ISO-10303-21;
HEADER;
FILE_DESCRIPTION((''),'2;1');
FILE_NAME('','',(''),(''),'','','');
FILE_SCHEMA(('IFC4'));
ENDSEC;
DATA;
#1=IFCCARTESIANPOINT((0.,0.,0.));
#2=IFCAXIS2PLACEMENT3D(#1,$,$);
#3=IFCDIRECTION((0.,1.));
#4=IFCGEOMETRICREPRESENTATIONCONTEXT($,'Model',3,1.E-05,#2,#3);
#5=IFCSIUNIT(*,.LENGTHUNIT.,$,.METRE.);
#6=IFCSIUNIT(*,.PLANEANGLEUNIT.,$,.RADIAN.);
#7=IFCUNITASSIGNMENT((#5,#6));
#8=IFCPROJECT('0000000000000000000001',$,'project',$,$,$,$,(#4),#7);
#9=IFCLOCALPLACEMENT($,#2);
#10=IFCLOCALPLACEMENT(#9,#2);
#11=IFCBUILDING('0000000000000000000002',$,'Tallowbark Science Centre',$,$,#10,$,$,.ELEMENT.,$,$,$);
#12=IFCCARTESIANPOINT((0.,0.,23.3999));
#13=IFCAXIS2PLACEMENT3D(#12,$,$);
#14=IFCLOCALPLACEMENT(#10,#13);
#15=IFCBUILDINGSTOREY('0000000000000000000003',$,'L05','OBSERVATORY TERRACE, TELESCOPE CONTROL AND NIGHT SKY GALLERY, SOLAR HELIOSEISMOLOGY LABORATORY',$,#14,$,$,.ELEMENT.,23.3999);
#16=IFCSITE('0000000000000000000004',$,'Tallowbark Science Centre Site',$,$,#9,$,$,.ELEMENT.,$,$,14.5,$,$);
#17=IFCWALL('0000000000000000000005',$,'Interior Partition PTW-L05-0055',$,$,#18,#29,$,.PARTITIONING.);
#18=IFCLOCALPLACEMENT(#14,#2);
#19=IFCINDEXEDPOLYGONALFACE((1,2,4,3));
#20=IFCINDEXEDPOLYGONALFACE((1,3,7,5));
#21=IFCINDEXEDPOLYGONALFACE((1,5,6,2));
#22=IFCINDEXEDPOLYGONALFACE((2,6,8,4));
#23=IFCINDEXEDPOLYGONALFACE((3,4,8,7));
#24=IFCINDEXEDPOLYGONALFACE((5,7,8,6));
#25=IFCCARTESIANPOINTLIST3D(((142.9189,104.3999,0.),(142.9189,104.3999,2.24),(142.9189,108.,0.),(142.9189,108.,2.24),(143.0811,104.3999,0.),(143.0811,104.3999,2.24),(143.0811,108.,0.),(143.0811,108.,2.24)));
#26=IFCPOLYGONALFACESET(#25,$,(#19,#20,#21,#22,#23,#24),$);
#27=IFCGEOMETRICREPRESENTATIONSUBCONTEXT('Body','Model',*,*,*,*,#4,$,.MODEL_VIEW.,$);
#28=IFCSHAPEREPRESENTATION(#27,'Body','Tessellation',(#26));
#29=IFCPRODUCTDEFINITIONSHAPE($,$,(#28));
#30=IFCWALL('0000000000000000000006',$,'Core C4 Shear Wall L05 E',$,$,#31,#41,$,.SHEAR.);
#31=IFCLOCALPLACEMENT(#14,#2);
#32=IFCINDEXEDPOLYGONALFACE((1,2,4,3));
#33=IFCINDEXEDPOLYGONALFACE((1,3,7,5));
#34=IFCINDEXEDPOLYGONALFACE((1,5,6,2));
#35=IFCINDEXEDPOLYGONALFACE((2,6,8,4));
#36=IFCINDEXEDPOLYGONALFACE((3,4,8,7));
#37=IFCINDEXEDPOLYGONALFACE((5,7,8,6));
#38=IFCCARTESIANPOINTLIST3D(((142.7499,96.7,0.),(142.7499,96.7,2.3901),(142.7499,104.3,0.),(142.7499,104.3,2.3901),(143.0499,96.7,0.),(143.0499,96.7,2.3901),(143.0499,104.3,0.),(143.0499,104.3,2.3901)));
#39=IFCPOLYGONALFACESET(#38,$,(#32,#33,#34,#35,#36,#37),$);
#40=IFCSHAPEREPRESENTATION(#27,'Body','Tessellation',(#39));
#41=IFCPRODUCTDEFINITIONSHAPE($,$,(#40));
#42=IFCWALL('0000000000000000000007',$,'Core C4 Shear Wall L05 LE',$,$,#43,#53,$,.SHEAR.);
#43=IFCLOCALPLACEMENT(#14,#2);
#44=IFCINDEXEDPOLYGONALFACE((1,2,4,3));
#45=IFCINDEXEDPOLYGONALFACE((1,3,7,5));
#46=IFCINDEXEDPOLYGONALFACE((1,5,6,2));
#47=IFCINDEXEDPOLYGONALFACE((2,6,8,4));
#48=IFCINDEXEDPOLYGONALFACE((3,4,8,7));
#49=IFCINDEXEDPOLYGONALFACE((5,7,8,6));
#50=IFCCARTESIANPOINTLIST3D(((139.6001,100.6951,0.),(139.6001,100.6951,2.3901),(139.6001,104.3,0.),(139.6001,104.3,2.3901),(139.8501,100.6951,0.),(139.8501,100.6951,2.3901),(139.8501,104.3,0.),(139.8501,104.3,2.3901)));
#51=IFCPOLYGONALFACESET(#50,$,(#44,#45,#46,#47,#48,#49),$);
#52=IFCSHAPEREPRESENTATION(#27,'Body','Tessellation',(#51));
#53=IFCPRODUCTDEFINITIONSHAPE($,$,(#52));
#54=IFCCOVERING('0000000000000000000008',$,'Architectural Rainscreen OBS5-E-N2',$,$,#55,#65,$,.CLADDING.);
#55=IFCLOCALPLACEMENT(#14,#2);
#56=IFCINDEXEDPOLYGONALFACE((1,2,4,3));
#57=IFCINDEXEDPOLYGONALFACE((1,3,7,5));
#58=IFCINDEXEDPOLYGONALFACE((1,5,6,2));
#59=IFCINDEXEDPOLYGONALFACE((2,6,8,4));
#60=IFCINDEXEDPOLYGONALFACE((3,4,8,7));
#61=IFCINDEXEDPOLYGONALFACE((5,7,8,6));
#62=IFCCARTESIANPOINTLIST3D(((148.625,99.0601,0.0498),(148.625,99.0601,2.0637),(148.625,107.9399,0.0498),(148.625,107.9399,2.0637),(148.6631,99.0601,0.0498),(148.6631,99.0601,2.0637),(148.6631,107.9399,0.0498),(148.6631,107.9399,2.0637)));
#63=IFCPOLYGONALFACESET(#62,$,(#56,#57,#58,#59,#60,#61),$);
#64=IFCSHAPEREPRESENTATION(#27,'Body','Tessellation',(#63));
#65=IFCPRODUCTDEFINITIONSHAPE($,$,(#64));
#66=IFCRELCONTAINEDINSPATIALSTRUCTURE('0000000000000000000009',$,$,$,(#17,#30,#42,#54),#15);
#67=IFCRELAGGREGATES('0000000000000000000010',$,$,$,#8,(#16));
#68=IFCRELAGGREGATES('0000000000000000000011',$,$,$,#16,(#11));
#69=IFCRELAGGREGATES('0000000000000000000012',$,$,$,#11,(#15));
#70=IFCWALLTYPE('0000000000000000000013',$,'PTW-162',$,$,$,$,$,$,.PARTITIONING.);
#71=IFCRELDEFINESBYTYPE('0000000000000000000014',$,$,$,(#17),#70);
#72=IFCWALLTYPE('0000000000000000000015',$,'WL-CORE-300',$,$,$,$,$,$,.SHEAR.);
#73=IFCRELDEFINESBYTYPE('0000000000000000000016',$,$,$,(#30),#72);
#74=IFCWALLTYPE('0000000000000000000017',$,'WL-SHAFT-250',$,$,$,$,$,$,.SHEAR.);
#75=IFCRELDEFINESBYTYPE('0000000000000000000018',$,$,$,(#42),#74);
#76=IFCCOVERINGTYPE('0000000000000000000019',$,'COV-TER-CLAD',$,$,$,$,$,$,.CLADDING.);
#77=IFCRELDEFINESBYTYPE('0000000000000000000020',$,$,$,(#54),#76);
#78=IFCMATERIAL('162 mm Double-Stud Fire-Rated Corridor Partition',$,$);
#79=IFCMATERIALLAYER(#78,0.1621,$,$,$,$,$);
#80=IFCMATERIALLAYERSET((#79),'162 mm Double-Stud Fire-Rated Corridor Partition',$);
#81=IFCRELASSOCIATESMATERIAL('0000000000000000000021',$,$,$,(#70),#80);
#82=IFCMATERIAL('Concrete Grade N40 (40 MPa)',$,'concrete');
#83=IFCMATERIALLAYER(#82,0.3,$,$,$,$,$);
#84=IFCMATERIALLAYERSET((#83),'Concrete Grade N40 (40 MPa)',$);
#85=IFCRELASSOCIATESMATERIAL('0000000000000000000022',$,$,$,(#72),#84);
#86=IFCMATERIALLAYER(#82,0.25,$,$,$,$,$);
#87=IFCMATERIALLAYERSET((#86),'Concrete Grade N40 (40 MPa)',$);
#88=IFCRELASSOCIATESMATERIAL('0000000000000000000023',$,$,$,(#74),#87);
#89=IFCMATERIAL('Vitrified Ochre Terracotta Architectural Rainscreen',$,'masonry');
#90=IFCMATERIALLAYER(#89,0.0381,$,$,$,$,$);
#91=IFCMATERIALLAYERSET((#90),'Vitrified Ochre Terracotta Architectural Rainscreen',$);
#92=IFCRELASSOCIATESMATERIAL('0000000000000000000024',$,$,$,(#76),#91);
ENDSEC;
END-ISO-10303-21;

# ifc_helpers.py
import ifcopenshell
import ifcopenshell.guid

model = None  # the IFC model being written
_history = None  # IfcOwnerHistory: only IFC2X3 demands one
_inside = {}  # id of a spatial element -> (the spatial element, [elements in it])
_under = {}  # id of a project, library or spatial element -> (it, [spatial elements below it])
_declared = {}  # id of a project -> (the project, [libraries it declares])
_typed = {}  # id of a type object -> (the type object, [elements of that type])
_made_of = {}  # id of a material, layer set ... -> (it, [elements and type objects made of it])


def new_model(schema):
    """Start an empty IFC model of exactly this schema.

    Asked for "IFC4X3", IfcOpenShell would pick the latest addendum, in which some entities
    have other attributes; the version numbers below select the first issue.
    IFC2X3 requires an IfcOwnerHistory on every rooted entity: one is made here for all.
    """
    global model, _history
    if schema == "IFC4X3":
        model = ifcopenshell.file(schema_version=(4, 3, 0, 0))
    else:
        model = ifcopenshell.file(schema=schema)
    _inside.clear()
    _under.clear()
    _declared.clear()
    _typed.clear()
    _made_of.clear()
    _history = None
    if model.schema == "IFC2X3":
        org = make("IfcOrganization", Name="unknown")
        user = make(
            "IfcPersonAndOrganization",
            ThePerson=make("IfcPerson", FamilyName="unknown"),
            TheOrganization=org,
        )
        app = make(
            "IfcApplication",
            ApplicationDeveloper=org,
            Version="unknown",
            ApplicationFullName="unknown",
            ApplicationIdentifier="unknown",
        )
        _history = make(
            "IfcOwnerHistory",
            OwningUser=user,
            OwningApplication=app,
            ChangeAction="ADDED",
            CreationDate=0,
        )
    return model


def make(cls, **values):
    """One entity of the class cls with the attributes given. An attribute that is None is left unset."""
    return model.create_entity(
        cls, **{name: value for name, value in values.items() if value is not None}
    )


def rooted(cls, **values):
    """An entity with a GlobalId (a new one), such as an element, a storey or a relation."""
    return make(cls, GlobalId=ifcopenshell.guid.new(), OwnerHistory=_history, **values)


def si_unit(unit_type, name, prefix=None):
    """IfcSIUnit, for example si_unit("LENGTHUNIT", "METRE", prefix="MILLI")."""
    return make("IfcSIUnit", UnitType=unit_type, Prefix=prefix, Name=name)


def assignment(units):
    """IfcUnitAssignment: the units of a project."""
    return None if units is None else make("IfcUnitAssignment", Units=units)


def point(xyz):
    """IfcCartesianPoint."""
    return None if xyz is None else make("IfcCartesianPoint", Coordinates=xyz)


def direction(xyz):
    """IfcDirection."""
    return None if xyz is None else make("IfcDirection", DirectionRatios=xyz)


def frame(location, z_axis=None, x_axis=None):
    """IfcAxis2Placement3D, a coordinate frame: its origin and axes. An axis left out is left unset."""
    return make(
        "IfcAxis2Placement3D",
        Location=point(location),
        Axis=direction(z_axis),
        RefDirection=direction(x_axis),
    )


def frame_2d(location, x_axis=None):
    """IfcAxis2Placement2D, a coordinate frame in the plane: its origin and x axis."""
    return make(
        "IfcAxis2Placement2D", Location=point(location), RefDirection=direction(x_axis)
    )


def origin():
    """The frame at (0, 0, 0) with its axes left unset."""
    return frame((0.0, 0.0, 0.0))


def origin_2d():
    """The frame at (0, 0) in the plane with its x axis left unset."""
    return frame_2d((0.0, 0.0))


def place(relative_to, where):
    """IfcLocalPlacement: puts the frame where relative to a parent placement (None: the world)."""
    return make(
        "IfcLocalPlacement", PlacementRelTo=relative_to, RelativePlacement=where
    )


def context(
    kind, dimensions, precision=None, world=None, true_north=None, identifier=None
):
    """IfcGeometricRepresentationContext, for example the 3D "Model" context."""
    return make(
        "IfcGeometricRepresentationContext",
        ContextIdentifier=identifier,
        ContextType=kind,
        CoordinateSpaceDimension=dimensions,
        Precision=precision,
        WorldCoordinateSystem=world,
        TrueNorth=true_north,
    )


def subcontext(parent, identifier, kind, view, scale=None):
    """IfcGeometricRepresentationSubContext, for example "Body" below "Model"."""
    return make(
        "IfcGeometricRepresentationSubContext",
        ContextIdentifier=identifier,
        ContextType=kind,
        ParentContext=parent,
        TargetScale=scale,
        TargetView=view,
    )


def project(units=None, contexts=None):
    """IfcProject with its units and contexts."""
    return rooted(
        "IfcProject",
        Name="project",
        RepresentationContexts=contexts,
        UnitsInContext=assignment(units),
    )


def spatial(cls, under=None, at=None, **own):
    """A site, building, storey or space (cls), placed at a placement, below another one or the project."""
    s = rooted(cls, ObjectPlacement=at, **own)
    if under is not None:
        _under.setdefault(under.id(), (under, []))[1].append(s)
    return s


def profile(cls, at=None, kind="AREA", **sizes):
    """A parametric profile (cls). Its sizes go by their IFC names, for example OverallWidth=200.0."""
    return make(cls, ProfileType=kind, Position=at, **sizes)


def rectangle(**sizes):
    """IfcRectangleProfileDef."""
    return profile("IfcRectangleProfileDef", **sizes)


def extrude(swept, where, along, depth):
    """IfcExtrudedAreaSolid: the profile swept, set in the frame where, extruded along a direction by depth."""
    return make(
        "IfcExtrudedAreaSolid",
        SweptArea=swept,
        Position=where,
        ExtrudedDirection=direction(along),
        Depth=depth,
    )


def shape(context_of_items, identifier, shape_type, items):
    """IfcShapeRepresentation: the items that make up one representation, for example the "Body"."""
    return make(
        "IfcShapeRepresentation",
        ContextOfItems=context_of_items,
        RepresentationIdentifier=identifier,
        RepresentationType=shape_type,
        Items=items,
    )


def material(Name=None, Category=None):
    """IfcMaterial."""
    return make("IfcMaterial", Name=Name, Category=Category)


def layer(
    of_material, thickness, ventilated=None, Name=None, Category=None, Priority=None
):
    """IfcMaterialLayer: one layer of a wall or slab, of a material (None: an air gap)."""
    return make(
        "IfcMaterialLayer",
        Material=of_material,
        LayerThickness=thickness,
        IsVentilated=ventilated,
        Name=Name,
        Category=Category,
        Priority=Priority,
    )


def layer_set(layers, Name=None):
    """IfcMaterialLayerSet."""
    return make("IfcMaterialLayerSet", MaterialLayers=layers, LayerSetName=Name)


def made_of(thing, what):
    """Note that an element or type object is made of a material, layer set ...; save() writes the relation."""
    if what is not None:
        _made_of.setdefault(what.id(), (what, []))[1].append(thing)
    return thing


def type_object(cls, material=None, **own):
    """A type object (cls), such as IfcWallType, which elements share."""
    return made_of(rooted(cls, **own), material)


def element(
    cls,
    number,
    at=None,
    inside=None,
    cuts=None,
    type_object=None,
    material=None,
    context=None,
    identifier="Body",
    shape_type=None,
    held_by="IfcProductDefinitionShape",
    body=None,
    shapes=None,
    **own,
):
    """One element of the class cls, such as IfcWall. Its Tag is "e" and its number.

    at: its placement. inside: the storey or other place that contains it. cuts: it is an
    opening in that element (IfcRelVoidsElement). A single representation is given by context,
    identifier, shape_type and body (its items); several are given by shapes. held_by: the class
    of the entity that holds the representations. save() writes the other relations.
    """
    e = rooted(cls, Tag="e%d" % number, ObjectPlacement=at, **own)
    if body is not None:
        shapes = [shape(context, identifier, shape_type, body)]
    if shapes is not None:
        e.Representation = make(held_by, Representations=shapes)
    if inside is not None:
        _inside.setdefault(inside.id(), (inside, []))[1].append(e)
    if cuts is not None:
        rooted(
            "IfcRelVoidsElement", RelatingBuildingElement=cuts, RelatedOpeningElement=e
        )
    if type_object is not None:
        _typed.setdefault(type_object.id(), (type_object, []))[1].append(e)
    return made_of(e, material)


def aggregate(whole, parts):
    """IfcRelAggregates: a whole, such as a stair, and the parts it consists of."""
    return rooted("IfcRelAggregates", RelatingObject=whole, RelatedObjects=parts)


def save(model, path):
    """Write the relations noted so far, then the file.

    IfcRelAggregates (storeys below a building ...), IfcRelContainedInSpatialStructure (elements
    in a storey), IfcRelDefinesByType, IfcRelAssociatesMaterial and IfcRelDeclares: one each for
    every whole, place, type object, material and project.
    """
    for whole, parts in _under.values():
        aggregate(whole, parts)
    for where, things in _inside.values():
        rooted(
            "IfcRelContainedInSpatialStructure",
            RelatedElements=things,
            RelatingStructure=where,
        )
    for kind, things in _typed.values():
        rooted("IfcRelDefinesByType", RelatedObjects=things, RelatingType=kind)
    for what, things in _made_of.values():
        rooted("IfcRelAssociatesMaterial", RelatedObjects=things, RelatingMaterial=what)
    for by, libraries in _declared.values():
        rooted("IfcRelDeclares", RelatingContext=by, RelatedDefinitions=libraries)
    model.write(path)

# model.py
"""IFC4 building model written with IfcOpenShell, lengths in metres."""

from ifc_helpers import new_model, si_unit, direction, frame, frame_2d, origin, origin_2d, place, context, subcontext, project, spatial, rectangle, extrude, material, layer, layer_set, type_object, element, save


model = new_model("IFC4")

# Units and contexts
model_context = context("Model", 3, precision=1e-05, world=origin(), true_north=direction((0.0, 1.0)))
body_context = subcontext(model_context, "Body", "Model", "MODEL_VIEW")
ifc_project = project(units=[si_unit("LENGTHUNIT", "METRE"), si_unit("PLANEANGLEUNIT", "RADIAN")], contexts=[model_context])

# Site, building, storey
site_placement = place(None, origin())
site = spatial("IfcSite", under=ifc_project, at=site_placement, Name="Tallowbark Science Centre Site", CompositionType="ELEMENT", RefElevation=14.5)
building_placement = place(site_placement, origin())
building = spatial("IfcBuilding", under=site, at=building_placement, Name="Tallowbark Science Centre", CompositionType="ELEMENT")
storey_placement = place(building_placement, frame((0.0, 0.0, 23.3999)))
storey = spatial("IfcBuildingStorey", under=building, at=storey_placement, Name="L05", Description="OBSERVATORY TERRACE, TELESCOPE CONTROL AND NIGHT SKY GALLERY, SOLAR HELIOSEISMOLOGY LABORATORY", CompositionType="ELEMENT", Elevation=23.3999)

# Walls
ifc_material_1 = material(Name="162 mm Double-Stud Fire-Rated Corridor Partition")
ifc_layer_1 = layer(ifc_material_1, 0.1621)
ifc_layer_set_1 = layer_set([ifc_layer_1], Name="162 mm Double-Stud Fire-Rated Corridor Partition")
wall_type_1 = type_object("IfcWallType", Name="PTW-162", PredefinedType="PARTITIONING", material=ifc_layer_set_1)
wall_1_placement = place(storey_placement, frame((143.0, 104.3999, 0.0), z_axis=(0.0, 0.0, 1.0), x_axis=(0.0, 1.0, 0.0)))
element("IfcWall", 1, at=wall_1_placement, inside=storey, type_object=wall_type_1, Name="Interior Partition PTW-L05-0055", PredefinedType="PARTITIONING", context=body_context, shape_type="SweptSolid", body=[
    extrude(rectangle(XDim=3.6001, YDim=0.1621, at=frame_2d((1.8, 0.0))), origin(), (0.0, 0.0, 1.0), 2.24),
])
ifc_material_2 = material(Name="Concrete Grade N40 (40 MPa)", Category="concrete")
ifc_layer_2 = layer(ifc_material_2, 0.3)
ifc_layer_set_2 = layer_set([ifc_layer_2], Name="Concrete Grade N40 (40 MPa)")
wall_type_2 = type_object("IfcWallType", Name="WL-CORE-300", PredefinedType="SHEAR", material=ifc_layer_set_2)
wall_2_placement = place(storey_placement, frame((142.8999, 96.7, 0.0), z_axis=(0.0, 0.0, 1.0), x_axis=(0.0, 1.0, 0.0)))
element("IfcWall", 2, at=wall_2_placement, inside=storey, type_object=wall_type_2, Name="Core C4 Shear Wall L05 E", PredefinedType="SHEAR", context=body_context, shape_type="SweptSolid", body=[
    extrude(rectangle(XDim=7.6001, YDim=0.3, at=frame_2d((3.8, 0.0))), origin(), (0.0, 0.0, 1.0), 2.3901),
])
ifc_layer_3 = layer(ifc_material_2, 0.25)
ifc_layer_set_3 = layer_set([ifc_layer_3], Name="Concrete Grade N40 (40 MPa)")
wall_type_3 = type_object("IfcWallType", Name="WL-SHAFT-250", PredefinedType="SHEAR", material=ifc_layer_set_3)
wall_3_placement = place(storey_placement, frame((139.7251, 100.6951, 0.0), z_axis=(0.0, 0.0, 1.0), x_axis=(0.0, 1.0, 0.0)))
element("IfcWall", 3, at=wall_3_placement, inside=storey, type_object=wall_type_3, Name="Core C4 Shear Wall L05 LE", PredefinedType="SHEAR", context=body_context, shape_type="SweptSolid", body=[
    extrude(rectangle(XDim=3.605, YDim=0.25, at=frame_2d((1.8025, 0.0))), origin(), (0.0, 0.0, 1.0), 2.3901),
])

# Covering
ifc_material_3 = material(Name="Vitrified Ochre Terracotta Architectural Rainscreen", Category="masonry")
ifc_layer_4 = layer(ifc_material_3, 0.0381)
ifc_layer_set_4 = layer_set([ifc_layer_4], Name="Vitrified Ochre Terracotta Architectural Rainscreen")
covering_type = type_object("IfcCoveringType", Name="COV-TER-CLAD", PredefinedType="CLADDING", material=ifc_layer_set_4)
covering_placement = place(storey_placement, frame((148.644, 103.5, 0.0498), z_axis=(0.0, 0.0, 1.0), x_axis=(0.0, 1.0, 0.0)))
element("IfcCovering", 4, at=covering_placement, inside=storey, type_object=covering_type, Name="Architectural Rainscreen OBS5-E-N2", PredefinedType="CLADDING", context=body_context, shape_type="SweptSolid", body=[
    extrude(rectangle(XDim=8.8799, YDim=0.0381, at=origin_2d()), origin(), (0.0, 0.0, 1.0), 2.0139),
])

save(model, "model.ifc")
